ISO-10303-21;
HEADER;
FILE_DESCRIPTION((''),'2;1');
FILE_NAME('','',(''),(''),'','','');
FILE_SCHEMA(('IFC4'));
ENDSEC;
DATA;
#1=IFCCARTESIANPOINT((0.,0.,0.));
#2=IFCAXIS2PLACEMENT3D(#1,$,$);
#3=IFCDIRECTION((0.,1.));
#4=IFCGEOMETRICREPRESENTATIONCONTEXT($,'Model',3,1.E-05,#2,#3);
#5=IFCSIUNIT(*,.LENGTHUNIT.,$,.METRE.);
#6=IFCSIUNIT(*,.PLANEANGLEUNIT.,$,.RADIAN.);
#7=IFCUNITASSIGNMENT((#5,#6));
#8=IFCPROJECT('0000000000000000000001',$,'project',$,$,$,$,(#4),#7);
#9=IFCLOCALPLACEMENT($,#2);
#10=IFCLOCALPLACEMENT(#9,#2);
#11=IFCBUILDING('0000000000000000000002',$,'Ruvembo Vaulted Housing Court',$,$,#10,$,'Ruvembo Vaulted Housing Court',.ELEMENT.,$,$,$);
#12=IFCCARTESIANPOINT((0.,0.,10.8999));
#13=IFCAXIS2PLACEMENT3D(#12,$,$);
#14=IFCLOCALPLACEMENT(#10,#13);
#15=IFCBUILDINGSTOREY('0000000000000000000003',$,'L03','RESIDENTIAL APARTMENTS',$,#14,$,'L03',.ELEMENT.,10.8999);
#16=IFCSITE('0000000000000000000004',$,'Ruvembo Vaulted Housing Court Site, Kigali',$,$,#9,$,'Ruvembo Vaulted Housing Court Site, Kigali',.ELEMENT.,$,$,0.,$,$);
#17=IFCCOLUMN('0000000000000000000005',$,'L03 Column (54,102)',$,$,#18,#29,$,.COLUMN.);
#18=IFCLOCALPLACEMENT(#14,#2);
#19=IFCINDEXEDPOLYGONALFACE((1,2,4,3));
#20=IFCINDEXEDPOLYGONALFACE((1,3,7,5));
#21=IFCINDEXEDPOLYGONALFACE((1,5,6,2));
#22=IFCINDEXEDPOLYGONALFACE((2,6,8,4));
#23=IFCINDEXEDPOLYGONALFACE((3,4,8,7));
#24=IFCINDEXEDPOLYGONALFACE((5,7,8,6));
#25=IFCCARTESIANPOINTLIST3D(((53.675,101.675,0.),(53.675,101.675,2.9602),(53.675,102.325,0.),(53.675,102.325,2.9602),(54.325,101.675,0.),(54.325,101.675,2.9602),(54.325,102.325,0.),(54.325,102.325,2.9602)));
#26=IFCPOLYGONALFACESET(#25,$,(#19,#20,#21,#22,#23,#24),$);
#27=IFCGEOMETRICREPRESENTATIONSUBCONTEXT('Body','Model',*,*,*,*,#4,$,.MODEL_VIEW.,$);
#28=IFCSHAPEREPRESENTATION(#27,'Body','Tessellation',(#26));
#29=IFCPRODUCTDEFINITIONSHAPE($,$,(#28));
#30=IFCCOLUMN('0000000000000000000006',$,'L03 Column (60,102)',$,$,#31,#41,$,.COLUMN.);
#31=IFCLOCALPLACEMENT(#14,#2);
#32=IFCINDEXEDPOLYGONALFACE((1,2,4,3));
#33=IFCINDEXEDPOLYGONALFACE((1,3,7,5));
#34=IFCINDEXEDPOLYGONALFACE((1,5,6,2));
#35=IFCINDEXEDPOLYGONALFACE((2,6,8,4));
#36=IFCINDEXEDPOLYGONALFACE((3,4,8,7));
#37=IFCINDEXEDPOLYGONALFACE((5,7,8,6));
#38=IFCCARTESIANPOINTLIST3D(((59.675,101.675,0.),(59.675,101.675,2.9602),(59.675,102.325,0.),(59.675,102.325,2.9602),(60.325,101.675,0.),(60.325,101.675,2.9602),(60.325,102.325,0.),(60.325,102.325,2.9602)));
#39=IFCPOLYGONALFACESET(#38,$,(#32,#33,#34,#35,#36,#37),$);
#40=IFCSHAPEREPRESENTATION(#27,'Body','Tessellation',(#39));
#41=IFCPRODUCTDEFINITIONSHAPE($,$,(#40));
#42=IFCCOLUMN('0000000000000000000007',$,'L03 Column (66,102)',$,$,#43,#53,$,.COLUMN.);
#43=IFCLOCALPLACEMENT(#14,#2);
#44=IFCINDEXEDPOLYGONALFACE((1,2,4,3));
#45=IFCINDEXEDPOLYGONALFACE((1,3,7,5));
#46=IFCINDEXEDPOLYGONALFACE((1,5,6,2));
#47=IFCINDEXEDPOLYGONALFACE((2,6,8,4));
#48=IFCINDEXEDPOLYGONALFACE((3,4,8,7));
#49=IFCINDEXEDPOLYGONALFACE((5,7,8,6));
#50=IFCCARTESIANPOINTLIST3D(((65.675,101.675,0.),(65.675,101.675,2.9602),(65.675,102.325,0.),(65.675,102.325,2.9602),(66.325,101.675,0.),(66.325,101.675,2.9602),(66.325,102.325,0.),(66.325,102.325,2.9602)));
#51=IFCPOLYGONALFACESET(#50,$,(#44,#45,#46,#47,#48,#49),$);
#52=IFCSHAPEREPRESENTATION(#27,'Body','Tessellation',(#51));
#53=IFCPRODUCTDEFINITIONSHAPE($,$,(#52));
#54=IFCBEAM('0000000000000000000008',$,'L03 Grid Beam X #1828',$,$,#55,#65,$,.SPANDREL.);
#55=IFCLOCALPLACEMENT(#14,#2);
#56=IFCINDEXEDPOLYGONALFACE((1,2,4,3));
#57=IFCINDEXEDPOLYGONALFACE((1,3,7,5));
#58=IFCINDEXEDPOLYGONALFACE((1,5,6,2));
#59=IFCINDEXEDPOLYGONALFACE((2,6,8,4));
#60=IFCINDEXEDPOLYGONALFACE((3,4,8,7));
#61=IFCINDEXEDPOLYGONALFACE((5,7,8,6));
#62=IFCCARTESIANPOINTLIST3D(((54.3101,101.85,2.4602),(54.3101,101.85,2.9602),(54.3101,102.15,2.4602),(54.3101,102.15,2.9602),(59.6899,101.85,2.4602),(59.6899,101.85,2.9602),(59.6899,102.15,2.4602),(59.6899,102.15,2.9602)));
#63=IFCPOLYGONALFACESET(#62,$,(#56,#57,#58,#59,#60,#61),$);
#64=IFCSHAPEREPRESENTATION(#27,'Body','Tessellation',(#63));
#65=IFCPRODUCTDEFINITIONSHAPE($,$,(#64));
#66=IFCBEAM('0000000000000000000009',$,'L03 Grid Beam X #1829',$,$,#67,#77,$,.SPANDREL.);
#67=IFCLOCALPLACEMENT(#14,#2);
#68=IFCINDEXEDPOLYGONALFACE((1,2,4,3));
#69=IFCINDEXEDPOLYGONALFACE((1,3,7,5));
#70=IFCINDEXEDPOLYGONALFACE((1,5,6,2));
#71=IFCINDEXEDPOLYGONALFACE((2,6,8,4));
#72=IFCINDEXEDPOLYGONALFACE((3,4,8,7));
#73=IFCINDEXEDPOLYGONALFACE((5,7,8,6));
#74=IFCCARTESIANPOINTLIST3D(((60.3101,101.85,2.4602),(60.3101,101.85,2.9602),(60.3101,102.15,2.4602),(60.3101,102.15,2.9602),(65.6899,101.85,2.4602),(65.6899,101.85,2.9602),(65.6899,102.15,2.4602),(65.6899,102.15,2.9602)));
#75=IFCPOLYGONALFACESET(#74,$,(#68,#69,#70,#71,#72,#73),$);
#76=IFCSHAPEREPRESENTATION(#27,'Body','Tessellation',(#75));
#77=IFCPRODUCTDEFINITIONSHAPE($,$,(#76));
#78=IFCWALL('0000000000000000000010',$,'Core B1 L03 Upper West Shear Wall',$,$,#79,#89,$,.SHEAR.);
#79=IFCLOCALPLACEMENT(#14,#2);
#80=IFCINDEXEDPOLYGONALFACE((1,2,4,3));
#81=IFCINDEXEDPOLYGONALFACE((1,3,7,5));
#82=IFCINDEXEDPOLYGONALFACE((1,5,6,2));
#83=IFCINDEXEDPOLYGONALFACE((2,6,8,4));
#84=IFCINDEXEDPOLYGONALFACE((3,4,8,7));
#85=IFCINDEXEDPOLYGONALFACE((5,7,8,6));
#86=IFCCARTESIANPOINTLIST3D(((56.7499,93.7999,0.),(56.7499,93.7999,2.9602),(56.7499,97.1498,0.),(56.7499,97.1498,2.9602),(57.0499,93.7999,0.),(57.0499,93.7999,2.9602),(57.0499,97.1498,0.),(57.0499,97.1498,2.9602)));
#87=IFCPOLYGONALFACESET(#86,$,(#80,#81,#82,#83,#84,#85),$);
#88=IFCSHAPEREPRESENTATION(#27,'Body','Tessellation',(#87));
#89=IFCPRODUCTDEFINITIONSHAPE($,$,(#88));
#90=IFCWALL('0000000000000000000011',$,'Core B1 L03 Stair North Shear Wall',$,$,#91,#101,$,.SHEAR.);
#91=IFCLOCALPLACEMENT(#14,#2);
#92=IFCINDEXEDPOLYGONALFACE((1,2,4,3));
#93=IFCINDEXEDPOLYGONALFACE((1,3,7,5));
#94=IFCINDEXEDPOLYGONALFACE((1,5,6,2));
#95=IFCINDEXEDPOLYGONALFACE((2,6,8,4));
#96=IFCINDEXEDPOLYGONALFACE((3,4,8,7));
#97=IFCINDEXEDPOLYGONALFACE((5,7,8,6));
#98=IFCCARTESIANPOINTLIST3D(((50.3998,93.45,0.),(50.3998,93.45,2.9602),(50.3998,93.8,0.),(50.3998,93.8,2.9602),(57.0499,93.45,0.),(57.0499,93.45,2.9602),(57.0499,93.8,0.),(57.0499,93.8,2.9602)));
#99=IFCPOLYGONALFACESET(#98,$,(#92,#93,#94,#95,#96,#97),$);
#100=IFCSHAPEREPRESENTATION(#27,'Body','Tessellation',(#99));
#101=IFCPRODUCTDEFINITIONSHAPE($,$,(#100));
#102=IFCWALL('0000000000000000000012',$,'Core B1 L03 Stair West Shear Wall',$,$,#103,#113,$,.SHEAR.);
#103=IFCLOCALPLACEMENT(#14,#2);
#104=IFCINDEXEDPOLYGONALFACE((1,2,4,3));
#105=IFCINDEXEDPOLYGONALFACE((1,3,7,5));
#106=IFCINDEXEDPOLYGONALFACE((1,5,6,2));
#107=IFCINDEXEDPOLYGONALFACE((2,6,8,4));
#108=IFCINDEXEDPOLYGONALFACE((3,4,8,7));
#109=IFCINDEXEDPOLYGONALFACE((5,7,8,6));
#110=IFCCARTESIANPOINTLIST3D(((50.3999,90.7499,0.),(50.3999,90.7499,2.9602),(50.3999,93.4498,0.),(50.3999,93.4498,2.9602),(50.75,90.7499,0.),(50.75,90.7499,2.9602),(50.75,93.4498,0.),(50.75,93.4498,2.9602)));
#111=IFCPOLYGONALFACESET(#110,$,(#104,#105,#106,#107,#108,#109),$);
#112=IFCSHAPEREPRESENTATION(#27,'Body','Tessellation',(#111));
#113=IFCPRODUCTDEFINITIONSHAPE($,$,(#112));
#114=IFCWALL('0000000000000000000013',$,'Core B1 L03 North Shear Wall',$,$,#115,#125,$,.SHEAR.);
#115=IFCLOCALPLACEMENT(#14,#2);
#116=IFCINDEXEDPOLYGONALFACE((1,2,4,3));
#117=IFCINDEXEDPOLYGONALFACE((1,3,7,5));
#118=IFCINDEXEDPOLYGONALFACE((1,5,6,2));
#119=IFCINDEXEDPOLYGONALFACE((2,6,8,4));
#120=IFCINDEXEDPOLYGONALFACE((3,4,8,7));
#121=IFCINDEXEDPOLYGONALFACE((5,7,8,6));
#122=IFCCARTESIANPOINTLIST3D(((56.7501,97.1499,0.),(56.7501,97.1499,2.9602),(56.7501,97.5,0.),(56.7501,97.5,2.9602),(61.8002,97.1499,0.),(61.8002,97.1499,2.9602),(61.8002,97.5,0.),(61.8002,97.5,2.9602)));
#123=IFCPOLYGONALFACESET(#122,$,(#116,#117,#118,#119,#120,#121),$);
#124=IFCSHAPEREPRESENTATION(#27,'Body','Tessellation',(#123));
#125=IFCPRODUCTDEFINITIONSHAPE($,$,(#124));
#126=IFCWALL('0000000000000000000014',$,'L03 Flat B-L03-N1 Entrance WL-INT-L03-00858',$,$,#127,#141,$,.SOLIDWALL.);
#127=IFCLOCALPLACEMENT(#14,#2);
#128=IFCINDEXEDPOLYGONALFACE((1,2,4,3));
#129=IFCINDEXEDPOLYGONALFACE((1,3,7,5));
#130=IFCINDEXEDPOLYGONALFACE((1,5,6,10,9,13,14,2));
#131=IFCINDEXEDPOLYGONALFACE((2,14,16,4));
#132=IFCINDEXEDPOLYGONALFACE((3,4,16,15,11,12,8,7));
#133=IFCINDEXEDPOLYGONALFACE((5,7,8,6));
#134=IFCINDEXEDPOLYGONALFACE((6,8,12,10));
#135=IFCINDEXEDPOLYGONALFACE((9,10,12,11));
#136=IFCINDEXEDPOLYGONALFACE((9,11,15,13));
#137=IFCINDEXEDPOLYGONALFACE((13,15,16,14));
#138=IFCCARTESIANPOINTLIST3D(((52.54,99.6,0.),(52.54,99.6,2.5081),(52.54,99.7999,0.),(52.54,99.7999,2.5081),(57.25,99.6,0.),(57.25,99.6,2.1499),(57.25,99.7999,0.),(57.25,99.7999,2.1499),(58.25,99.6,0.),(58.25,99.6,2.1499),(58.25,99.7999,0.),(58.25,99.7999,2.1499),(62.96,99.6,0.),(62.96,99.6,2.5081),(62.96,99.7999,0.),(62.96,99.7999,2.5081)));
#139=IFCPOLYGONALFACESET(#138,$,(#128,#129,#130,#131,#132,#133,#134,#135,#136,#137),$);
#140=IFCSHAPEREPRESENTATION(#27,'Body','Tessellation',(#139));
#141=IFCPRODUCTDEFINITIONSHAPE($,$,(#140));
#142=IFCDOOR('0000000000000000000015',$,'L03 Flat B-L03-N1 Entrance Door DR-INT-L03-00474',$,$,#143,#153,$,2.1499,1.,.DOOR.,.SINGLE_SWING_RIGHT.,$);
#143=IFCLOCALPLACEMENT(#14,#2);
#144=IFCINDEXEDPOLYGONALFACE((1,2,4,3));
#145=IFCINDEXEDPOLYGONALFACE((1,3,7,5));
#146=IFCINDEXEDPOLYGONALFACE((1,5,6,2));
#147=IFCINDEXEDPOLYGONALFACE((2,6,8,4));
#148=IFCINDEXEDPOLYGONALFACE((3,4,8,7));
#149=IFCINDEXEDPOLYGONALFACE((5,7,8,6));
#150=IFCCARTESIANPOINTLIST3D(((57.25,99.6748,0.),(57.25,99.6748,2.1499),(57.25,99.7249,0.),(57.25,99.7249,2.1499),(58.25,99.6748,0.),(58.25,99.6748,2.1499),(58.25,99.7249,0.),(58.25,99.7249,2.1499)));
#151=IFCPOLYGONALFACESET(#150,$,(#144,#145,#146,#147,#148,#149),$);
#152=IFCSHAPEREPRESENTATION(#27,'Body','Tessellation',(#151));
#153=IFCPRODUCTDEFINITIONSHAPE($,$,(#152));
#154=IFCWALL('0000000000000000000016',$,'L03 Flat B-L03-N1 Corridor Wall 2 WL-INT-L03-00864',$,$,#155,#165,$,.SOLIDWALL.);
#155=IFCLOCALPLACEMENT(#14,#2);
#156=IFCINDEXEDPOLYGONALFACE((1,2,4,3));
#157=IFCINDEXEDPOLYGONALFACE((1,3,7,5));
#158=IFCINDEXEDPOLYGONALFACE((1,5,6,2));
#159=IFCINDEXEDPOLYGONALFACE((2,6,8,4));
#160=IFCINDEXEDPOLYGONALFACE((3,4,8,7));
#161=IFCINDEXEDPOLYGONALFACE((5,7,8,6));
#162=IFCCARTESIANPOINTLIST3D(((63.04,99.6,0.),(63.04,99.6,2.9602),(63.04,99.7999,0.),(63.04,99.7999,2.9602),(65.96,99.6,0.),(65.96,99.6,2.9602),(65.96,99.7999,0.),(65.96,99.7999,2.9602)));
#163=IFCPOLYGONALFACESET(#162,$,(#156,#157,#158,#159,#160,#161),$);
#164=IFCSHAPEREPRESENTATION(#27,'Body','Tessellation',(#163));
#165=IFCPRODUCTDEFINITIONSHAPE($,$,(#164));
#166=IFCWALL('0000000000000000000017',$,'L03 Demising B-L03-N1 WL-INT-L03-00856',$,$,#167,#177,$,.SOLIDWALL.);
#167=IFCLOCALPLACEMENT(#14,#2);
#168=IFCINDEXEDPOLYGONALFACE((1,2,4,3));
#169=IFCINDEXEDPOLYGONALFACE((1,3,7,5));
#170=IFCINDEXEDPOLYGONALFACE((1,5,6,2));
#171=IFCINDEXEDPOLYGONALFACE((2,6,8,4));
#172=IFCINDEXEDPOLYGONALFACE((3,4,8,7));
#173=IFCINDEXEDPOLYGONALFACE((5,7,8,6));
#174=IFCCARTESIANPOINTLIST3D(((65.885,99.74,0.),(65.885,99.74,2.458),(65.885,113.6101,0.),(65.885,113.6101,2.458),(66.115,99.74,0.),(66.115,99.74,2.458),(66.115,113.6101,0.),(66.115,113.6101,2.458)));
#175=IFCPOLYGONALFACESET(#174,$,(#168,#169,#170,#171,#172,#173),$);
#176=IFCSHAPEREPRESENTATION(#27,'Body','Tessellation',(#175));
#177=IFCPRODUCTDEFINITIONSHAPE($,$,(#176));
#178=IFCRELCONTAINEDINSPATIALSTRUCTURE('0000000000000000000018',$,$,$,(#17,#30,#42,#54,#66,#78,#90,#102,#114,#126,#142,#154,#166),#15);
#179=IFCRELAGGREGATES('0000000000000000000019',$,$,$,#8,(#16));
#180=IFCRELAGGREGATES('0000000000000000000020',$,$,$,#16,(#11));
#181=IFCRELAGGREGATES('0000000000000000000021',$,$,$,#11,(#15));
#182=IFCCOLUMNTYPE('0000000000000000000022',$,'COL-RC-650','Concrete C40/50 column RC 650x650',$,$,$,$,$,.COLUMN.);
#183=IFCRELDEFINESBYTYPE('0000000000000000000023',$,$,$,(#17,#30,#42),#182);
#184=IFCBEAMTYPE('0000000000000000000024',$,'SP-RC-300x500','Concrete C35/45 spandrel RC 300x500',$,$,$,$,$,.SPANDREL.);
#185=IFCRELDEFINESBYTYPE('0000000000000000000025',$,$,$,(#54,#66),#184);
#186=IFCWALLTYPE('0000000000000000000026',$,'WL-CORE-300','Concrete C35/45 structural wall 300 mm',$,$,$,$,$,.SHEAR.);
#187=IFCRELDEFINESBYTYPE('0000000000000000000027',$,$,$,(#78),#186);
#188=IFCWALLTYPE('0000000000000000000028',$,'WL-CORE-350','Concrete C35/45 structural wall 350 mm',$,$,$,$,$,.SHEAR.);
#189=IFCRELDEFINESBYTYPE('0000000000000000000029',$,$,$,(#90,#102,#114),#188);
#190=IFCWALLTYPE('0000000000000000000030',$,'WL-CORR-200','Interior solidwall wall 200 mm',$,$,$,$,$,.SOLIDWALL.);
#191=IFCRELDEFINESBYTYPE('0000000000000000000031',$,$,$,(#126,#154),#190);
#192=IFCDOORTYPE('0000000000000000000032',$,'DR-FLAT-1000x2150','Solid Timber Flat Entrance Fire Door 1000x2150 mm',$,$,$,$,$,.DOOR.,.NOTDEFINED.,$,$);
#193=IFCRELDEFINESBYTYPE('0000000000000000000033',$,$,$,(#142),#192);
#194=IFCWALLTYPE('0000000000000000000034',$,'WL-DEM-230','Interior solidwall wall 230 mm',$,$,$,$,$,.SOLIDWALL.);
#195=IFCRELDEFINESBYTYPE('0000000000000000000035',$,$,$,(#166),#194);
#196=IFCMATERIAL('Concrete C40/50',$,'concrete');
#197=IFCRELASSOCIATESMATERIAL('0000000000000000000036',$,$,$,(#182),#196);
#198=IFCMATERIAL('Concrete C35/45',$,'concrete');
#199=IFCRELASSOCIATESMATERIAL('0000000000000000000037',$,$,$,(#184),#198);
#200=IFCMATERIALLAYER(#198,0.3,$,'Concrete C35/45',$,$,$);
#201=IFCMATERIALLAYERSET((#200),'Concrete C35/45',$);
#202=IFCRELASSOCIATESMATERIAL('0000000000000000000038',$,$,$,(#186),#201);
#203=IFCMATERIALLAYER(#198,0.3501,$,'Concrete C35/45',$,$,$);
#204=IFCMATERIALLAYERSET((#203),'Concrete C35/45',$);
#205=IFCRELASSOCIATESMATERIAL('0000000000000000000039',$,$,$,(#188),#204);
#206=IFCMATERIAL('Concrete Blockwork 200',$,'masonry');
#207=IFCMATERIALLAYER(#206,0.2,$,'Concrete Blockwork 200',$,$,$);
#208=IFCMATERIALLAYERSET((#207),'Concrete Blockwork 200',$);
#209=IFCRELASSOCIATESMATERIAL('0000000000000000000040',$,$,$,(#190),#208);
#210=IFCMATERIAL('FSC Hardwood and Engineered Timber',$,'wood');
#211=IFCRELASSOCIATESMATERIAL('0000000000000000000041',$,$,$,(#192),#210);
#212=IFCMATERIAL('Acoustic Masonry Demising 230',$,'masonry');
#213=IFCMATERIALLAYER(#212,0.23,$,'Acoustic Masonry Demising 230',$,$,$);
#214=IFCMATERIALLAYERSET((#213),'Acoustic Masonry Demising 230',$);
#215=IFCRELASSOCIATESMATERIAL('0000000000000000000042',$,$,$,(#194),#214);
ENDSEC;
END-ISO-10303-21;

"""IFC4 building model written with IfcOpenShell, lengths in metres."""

from ifc_helpers import new_model, si_unit, direction, frame, frame_2d, origin, origin_2d, place, context, subcontext, project, spatial, rectangle, extrude, material, layer, layer_set, material_profile, profile_set, type_object, element, fill, save


model = new_model("IFC4")

# Units and contexts
model_context = context("Model", 3, precision=1e-05, world=origin(), true_north=direction((0.0, 1.0)))
body_context = subcontext(model_context, "Body", "Model", "MODEL_VIEW")
ifc_project = project(units=[si_unit("LENGTHUNIT", "METRE"), si_unit("PLANEANGLEUNIT", "RADIAN")], contexts=[model_context])

# Site, building, storey
site_placement = place(None, origin())
site = spatial("IfcSite", under=ifc_project, at=site_placement, Name="Ruvembo Vaulted Housing Court Site, Kigali", LongName="Ruvembo Vaulted Housing Court Site, Kigali", CompositionType="ELEMENT", RefElevation=0.0)
building_placement = place(site_placement, origin())
building = spatial("IfcBuilding", under=site, at=building_placement, Name="Ruvembo Vaulted Housing Court", LongName="Ruvembo Vaulted Housing Court", CompositionType="ELEMENT")
storey_placement = place(building_placement, frame((0.0, 0.0, 10.8999)))
storey = spatial("IfcBuildingStorey", under=building, at=storey_placement, Name="L03", Description="RESIDENTIAL APARTMENTS", LongName="L03", CompositionType="ELEMENT", Elevation=10.8999)

# Columns
ifc_material_1 = material(Name="Concrete C40/50", Category="concrete")
ifc_material_profile_1 = material_profile(ifc_material_1, rectangle(XDim=0.6499, YDim=0.6499, at=origin_2d()), Name="RC 650x650")
ifc_profile_set_1 = profile_set([ifc_material_profile_1], Name="Concrete C40/50")
column_type = type_object("IfcColumnType", Name="COL-RC-650", Description="Concrete C40/50 column RC 650x650", PredefinedType="COLUMN", material=ifc_profile_set_1)
for number, where, z_axis, x_axis, name in (
    (1, (54.0, 102.0, 0.0), (0.0, 0.0, 1.0), (1.0, 0.0, 0.0), "L03 Column (54,102)"),
    (2, (60.0, 102.0, 0.0), (0.0, 0.0, 1.0), (1.0, 0.0, 0.0), "L03 Column (60,102)"),
    (3, (66.0, 102.0, 0.0), (0.0, 0.0, 1.0), (1.0, 0.0, 0.0), "L03 Column (66,102)"),
):
    element("IfcColumn", number, at=place(storey_placement, frame(where, z_axis=z_axis, x_axis=x_axis)), inside=storey, type_object=column_type, Name=name, PredefinedType="COLUMN", context=body_context, shape_type="SweptSolid", body=[
        extrude(rectangle(XDim=0.6499, YDim=0.6499, at=origin_2d()), origin(), (0.0, 0.0, 1.0), 2.9602),
    ])

# Beams
ifc_material_2 = material(Name="Concrete C35/45", Category="concrete")
ifc_material_profile_2 = material_profile(ifc_material_2, rectangle(XDim=0.3, YDim=0.5, at=origin_2d()), Name="RC 300x500")
ifc_profile_set_2 = profile_set([ifc_material_profile_2], Name="Concrete C35/45")
beam_type = type_object("IfcBeamType", Name="SP-RC-300x500", Description="Concrete C35/45 spandrel RC 300x500", PredefinedType="SPANDREL", material=ifc_profile_set_2)
for number, where, z_axis, x_axis, name in (
    (4, (54.3101, 102.0, 2.7102), (1.0, 0.0, 0.0), (0.0, 1.0, 0.0), "L03 Grid Beam X #1828"),
    (5, (60.3101, 102.0, 2.7102), (1.0, 0.0, 0.0), (0.0, 1.0, 0.0), "L03 Grid Beam X #1829"),
):
    element("IfcBeam", number, at=place(storey_placement, frame(where, z_axis=z_axis, x_axis=x_axis)), inside=storey, type_object=beam_type, Name=name, PredefinedType="SPANDREL", context=body_context, shape_type="SweptSolid", body=[
        extrude(rectangle(XDim=0.3, YDim=0.5, at=origin_2d()), origin(), (0.0, 0.0, 1.0), 5.3799),
    ])

# Walls
ifc_layer_1 = layer(ifc_material_2, 0.3, Name="Concrete C35/45")
ifc_layer_set_1 = layer_set([ifc_layer_1], Name="Concrete C35/45")
wall_type_1 = type_object("IfcWallType", Name="WL-CORE-300", Description="Concrete C35/45 structural wall 300 mm", PredefinedType="SHEAR", material=ifc_layer_set_1)
wall_1_placement = place(storey_placement, frame((56.8999, 93.8, 0.0), z_axis=(0.0, 0.0, 1.0), x_axis=(0.0, 1.0, 0.0)))
element("IfcWall", 6, at=wall_1_placement, inside=storey, type_object=wall_type_1, Name="Core B1 L03 Upper West Shear Wall", PredefinedType="SHEAR", context=body_context, shape_type="SweptSolid", body=[
    extrude(rectangle(XDim=3.3499, YDim=0.3, at=frame_2d((1.6748, 0.0))), origin(), (0.0, 0.0, 1.0), 2.9602),
])
ifc_layer_2 = layer(ifc_material_2, 0.3501, Name="Concrete C35/45")
ifc_layer_set_2 = layer_set([ifc_layer_2], Name="Concrete C35/45")
wall_type_2 = type_object("IfcWallType", Name="WL-CORE-350", Description="Concrete C35/45 structural wall 350 mm", PredefinedType="SHEAR", material=ifc_layer_set_2)
wall_2_placement = place(storey_placement, frame((57.05, 93.625, 0.0), z_axis=(0.0, 0.0, 1.0), x_axis=(-1.0, 0.0, 0.0)))
element("IfcWall", 7, at=wall_2_placement, inside=storey, type_object=wall_type_2, Name="Core B1 L03 Stair North Shear Wall", PredefinedType="SHEAR", context=body_context, shape_type="SweptSolid", body=[
    extrude(rectangle(XDim=6.6501, YDim=0.3501, at=frame_2d((3.3252, 0.0))), origin(), (0.0, 0.0, 1.0), 2.9602),
])
wall_3_placement = place(storey_placement, frame((50.575, 93.45, 0.0), z_axis=(0.0, 0.0, 1.0), x_axis=(0.0, -1.0, 0.0)))
element("IfcWall", 8, at=wall_3_placement, inside=storey, type_object=wall_type_2, Name="Core B1 L03 Stair West Shear Wall", PredefinedType="SHEAR", context=body_context, shape_type="SweptSolid", body=[
    extrude(rectangle(XDim=2.7, YDim=0.3501, at=frame_2d((1.3501, 0.0))), origin(), (0.0, 0.0, 1.0), 2.9602),
])
wall_4_placement = place(storey_placement, frame((61.8, 97.325, 0.0), z_axis=(0.0, 0.0, 1.0), x_axis=(-1.0, 0.0, 0.0)))
element("IfcWall", 9, at=wall_4_placement, inside=storey, type_object=wall_type_2, Name="Core B1 L03 North Shear Wall", PredefinedType="SHEAR", context=body_context, shape_type="SweptSolid", body=[
    extrude(rectangle(XDim=5.05, YDim=0.3501, at=frame_2d((2.5249, 0.0))), origin(), (0.0, 0.0, 1.0), 2.9602),
])

# Wall, opening, door
ifc_material_3 = material(Name="Concrete Blockwork 200", Category="masonry")
ifc_layer_3 = layer(ifc_material_3, 0.2, Name="Concrete Blockwork 200")
ifc_layer_set_3 = layer_set([ifc_layer_3], Name="Concrete Blockwork 200")
wall_type_3 = type_object("IfcWallType", Name="WL-CORR-200", Description="Interior solidwall wall 200 mm", PredefinedType="SOLIDWALL", material=ifc_layer_set_3)
wall_5_placement = place(storey_placement, frame((52.54, 99.7, 0.0), z_axis=(0.0, 0.0, 1.0), x_axis=(1.0, 0.0, 0.0)))
wall_5 = element("IfcWall", 10, at=wall_5_placement, inside=storey, type_object=wall_type_3, Name="L03 Flat B-L03-N1 Entrance WL-INT-L03-00858", PredefinedType="SOLIDWALL", context=body_context, shape_type="SweptSolid", body=[
    extrude(rectangle(XDim=10.4199, YDim=0.2, at=frame_2d((5.21, 0.0))), origin(), (0.0, 0.0, 1.0), 2.5081),
])
opening_1_placement = place(wall_5_placement, frame((4.71, 0.0, 0.0)))
opening_1 = element("IfcOpeningElement", 11, at=opening_1_placement, cuts=wall_5, PredefinedType="OPENING", context=body_context, shape_type="SweptSolid", body=[
    extrude(rectangle(XDim=1.0, YDim=2.1499, at=frame_2d((0.5, 1.075))), frame((0.0, 0.1099, 0.0), z_axis=(0.0, -1.0, 0.0), x_axis=(1.0, 0.0, 0.0)), (0.0, 0.0, 1.0), 0.22),
])
ifc_material_4 = material(Name="FSC Hardwood and Engineered Timber", Category="wood")
door_type_1 = type_object("IfcDoorType", Name="DR-FLAT-1000x2150", Description="Solid Timber Flat Entrance Fire Door 1000x2150 mm", OperationType="NOTDEFINED", PredefinedType="DOOR", material=ifc_material_4)
door_1_placement = place(opening_1_placement, origin())
door_1 = element("IfcDoor", 12, at=door_1_placement, inside=storey, type_object=door_type_1, Name="L03 Flat B-L03-N1 Entrance Door DR-INT-L03-00474", OperationType="SINGLE_SWING_RIGHT", OverallHeight=2.1499, OverallWidth=1.0, PredefinedType="DOOR", context=body_context, shape_type="SweptSolid", body=[
    extrude(rectangle(XDim=1.0, YDim=2.1499, at=frame_2d((0.5, 1.075))), frame((0.0, 0.0249, 0.0), z_axis=(0.0, -1.0, 0.0), x_axis=(1.0, 0.0, 0.0)), (0.0, 0.0, 1.0), 0.05),
])
fill(opening_1, door_1)

# Walls
wall_6_placement = place(storey_placement, frame((63.04, 99.7, 0.0), z_axis=(0.0, 0.0, 1.0), x_axis=(1.0, 0.0, 0.0)))
element("IfcWall", 13, at=wall_6_placement, inside=storey, type_object=wall_type_3, Name="L03 Flat B-L03-N1 Corridor Wall 2 WL-INT-L03-00864", PredefinedType="SOLIDWALL", context=body_context, shape_type="SweptSolid", body=[
    extrude(rectangle(XDim=2.9199, YDim=0.2, at=frame_2d((1.46, 0.0))), origin(), (0.0, 0.0, 1.0), 2.9602),
])
ifc_material_5 = material(Name="Acoustic Masonry Demising 230", Category="masonry")
ifc_layer_4 = layer(ifc_material_5, 0.23, Name="Acoustic Masonry Demising 230")
ifc_layer_set_4 = layer_set([ifc_layer_4], Name="Acoustic Masonry Demising 230")
wall_type_4 = type_object("IfcWallType", Name="WL-DEM-230", Description="Interior solidwall wall 230 mm", PredefinedType="SOLIDWALL", material=ifc_layer_set_4)
wall_7_placement = place(storey_placement, frame((66.0, 99.74, 0.0), z_axis=(0.0, 0.0, 1.0), x_axis=(0.0, 1.0, 0.0)))
element("IfcWall", 14, at=wall_7_placement, inside=storey, type_object=wall_type_4, Name="L03 Demising B-L03-N1 WL-INT-L03-00856", PredefinedType="SOLIDWALL", context=body_context, shape_type="SweptSolid", body=[
    extrude(rectangle(XDim=13.8701, YDim=0.23, at=frame_2d((6.9351, 0.0))), origin(), (0.0, 0.0, 1.0), 2.458),
])

save(model, "model.ifc")
